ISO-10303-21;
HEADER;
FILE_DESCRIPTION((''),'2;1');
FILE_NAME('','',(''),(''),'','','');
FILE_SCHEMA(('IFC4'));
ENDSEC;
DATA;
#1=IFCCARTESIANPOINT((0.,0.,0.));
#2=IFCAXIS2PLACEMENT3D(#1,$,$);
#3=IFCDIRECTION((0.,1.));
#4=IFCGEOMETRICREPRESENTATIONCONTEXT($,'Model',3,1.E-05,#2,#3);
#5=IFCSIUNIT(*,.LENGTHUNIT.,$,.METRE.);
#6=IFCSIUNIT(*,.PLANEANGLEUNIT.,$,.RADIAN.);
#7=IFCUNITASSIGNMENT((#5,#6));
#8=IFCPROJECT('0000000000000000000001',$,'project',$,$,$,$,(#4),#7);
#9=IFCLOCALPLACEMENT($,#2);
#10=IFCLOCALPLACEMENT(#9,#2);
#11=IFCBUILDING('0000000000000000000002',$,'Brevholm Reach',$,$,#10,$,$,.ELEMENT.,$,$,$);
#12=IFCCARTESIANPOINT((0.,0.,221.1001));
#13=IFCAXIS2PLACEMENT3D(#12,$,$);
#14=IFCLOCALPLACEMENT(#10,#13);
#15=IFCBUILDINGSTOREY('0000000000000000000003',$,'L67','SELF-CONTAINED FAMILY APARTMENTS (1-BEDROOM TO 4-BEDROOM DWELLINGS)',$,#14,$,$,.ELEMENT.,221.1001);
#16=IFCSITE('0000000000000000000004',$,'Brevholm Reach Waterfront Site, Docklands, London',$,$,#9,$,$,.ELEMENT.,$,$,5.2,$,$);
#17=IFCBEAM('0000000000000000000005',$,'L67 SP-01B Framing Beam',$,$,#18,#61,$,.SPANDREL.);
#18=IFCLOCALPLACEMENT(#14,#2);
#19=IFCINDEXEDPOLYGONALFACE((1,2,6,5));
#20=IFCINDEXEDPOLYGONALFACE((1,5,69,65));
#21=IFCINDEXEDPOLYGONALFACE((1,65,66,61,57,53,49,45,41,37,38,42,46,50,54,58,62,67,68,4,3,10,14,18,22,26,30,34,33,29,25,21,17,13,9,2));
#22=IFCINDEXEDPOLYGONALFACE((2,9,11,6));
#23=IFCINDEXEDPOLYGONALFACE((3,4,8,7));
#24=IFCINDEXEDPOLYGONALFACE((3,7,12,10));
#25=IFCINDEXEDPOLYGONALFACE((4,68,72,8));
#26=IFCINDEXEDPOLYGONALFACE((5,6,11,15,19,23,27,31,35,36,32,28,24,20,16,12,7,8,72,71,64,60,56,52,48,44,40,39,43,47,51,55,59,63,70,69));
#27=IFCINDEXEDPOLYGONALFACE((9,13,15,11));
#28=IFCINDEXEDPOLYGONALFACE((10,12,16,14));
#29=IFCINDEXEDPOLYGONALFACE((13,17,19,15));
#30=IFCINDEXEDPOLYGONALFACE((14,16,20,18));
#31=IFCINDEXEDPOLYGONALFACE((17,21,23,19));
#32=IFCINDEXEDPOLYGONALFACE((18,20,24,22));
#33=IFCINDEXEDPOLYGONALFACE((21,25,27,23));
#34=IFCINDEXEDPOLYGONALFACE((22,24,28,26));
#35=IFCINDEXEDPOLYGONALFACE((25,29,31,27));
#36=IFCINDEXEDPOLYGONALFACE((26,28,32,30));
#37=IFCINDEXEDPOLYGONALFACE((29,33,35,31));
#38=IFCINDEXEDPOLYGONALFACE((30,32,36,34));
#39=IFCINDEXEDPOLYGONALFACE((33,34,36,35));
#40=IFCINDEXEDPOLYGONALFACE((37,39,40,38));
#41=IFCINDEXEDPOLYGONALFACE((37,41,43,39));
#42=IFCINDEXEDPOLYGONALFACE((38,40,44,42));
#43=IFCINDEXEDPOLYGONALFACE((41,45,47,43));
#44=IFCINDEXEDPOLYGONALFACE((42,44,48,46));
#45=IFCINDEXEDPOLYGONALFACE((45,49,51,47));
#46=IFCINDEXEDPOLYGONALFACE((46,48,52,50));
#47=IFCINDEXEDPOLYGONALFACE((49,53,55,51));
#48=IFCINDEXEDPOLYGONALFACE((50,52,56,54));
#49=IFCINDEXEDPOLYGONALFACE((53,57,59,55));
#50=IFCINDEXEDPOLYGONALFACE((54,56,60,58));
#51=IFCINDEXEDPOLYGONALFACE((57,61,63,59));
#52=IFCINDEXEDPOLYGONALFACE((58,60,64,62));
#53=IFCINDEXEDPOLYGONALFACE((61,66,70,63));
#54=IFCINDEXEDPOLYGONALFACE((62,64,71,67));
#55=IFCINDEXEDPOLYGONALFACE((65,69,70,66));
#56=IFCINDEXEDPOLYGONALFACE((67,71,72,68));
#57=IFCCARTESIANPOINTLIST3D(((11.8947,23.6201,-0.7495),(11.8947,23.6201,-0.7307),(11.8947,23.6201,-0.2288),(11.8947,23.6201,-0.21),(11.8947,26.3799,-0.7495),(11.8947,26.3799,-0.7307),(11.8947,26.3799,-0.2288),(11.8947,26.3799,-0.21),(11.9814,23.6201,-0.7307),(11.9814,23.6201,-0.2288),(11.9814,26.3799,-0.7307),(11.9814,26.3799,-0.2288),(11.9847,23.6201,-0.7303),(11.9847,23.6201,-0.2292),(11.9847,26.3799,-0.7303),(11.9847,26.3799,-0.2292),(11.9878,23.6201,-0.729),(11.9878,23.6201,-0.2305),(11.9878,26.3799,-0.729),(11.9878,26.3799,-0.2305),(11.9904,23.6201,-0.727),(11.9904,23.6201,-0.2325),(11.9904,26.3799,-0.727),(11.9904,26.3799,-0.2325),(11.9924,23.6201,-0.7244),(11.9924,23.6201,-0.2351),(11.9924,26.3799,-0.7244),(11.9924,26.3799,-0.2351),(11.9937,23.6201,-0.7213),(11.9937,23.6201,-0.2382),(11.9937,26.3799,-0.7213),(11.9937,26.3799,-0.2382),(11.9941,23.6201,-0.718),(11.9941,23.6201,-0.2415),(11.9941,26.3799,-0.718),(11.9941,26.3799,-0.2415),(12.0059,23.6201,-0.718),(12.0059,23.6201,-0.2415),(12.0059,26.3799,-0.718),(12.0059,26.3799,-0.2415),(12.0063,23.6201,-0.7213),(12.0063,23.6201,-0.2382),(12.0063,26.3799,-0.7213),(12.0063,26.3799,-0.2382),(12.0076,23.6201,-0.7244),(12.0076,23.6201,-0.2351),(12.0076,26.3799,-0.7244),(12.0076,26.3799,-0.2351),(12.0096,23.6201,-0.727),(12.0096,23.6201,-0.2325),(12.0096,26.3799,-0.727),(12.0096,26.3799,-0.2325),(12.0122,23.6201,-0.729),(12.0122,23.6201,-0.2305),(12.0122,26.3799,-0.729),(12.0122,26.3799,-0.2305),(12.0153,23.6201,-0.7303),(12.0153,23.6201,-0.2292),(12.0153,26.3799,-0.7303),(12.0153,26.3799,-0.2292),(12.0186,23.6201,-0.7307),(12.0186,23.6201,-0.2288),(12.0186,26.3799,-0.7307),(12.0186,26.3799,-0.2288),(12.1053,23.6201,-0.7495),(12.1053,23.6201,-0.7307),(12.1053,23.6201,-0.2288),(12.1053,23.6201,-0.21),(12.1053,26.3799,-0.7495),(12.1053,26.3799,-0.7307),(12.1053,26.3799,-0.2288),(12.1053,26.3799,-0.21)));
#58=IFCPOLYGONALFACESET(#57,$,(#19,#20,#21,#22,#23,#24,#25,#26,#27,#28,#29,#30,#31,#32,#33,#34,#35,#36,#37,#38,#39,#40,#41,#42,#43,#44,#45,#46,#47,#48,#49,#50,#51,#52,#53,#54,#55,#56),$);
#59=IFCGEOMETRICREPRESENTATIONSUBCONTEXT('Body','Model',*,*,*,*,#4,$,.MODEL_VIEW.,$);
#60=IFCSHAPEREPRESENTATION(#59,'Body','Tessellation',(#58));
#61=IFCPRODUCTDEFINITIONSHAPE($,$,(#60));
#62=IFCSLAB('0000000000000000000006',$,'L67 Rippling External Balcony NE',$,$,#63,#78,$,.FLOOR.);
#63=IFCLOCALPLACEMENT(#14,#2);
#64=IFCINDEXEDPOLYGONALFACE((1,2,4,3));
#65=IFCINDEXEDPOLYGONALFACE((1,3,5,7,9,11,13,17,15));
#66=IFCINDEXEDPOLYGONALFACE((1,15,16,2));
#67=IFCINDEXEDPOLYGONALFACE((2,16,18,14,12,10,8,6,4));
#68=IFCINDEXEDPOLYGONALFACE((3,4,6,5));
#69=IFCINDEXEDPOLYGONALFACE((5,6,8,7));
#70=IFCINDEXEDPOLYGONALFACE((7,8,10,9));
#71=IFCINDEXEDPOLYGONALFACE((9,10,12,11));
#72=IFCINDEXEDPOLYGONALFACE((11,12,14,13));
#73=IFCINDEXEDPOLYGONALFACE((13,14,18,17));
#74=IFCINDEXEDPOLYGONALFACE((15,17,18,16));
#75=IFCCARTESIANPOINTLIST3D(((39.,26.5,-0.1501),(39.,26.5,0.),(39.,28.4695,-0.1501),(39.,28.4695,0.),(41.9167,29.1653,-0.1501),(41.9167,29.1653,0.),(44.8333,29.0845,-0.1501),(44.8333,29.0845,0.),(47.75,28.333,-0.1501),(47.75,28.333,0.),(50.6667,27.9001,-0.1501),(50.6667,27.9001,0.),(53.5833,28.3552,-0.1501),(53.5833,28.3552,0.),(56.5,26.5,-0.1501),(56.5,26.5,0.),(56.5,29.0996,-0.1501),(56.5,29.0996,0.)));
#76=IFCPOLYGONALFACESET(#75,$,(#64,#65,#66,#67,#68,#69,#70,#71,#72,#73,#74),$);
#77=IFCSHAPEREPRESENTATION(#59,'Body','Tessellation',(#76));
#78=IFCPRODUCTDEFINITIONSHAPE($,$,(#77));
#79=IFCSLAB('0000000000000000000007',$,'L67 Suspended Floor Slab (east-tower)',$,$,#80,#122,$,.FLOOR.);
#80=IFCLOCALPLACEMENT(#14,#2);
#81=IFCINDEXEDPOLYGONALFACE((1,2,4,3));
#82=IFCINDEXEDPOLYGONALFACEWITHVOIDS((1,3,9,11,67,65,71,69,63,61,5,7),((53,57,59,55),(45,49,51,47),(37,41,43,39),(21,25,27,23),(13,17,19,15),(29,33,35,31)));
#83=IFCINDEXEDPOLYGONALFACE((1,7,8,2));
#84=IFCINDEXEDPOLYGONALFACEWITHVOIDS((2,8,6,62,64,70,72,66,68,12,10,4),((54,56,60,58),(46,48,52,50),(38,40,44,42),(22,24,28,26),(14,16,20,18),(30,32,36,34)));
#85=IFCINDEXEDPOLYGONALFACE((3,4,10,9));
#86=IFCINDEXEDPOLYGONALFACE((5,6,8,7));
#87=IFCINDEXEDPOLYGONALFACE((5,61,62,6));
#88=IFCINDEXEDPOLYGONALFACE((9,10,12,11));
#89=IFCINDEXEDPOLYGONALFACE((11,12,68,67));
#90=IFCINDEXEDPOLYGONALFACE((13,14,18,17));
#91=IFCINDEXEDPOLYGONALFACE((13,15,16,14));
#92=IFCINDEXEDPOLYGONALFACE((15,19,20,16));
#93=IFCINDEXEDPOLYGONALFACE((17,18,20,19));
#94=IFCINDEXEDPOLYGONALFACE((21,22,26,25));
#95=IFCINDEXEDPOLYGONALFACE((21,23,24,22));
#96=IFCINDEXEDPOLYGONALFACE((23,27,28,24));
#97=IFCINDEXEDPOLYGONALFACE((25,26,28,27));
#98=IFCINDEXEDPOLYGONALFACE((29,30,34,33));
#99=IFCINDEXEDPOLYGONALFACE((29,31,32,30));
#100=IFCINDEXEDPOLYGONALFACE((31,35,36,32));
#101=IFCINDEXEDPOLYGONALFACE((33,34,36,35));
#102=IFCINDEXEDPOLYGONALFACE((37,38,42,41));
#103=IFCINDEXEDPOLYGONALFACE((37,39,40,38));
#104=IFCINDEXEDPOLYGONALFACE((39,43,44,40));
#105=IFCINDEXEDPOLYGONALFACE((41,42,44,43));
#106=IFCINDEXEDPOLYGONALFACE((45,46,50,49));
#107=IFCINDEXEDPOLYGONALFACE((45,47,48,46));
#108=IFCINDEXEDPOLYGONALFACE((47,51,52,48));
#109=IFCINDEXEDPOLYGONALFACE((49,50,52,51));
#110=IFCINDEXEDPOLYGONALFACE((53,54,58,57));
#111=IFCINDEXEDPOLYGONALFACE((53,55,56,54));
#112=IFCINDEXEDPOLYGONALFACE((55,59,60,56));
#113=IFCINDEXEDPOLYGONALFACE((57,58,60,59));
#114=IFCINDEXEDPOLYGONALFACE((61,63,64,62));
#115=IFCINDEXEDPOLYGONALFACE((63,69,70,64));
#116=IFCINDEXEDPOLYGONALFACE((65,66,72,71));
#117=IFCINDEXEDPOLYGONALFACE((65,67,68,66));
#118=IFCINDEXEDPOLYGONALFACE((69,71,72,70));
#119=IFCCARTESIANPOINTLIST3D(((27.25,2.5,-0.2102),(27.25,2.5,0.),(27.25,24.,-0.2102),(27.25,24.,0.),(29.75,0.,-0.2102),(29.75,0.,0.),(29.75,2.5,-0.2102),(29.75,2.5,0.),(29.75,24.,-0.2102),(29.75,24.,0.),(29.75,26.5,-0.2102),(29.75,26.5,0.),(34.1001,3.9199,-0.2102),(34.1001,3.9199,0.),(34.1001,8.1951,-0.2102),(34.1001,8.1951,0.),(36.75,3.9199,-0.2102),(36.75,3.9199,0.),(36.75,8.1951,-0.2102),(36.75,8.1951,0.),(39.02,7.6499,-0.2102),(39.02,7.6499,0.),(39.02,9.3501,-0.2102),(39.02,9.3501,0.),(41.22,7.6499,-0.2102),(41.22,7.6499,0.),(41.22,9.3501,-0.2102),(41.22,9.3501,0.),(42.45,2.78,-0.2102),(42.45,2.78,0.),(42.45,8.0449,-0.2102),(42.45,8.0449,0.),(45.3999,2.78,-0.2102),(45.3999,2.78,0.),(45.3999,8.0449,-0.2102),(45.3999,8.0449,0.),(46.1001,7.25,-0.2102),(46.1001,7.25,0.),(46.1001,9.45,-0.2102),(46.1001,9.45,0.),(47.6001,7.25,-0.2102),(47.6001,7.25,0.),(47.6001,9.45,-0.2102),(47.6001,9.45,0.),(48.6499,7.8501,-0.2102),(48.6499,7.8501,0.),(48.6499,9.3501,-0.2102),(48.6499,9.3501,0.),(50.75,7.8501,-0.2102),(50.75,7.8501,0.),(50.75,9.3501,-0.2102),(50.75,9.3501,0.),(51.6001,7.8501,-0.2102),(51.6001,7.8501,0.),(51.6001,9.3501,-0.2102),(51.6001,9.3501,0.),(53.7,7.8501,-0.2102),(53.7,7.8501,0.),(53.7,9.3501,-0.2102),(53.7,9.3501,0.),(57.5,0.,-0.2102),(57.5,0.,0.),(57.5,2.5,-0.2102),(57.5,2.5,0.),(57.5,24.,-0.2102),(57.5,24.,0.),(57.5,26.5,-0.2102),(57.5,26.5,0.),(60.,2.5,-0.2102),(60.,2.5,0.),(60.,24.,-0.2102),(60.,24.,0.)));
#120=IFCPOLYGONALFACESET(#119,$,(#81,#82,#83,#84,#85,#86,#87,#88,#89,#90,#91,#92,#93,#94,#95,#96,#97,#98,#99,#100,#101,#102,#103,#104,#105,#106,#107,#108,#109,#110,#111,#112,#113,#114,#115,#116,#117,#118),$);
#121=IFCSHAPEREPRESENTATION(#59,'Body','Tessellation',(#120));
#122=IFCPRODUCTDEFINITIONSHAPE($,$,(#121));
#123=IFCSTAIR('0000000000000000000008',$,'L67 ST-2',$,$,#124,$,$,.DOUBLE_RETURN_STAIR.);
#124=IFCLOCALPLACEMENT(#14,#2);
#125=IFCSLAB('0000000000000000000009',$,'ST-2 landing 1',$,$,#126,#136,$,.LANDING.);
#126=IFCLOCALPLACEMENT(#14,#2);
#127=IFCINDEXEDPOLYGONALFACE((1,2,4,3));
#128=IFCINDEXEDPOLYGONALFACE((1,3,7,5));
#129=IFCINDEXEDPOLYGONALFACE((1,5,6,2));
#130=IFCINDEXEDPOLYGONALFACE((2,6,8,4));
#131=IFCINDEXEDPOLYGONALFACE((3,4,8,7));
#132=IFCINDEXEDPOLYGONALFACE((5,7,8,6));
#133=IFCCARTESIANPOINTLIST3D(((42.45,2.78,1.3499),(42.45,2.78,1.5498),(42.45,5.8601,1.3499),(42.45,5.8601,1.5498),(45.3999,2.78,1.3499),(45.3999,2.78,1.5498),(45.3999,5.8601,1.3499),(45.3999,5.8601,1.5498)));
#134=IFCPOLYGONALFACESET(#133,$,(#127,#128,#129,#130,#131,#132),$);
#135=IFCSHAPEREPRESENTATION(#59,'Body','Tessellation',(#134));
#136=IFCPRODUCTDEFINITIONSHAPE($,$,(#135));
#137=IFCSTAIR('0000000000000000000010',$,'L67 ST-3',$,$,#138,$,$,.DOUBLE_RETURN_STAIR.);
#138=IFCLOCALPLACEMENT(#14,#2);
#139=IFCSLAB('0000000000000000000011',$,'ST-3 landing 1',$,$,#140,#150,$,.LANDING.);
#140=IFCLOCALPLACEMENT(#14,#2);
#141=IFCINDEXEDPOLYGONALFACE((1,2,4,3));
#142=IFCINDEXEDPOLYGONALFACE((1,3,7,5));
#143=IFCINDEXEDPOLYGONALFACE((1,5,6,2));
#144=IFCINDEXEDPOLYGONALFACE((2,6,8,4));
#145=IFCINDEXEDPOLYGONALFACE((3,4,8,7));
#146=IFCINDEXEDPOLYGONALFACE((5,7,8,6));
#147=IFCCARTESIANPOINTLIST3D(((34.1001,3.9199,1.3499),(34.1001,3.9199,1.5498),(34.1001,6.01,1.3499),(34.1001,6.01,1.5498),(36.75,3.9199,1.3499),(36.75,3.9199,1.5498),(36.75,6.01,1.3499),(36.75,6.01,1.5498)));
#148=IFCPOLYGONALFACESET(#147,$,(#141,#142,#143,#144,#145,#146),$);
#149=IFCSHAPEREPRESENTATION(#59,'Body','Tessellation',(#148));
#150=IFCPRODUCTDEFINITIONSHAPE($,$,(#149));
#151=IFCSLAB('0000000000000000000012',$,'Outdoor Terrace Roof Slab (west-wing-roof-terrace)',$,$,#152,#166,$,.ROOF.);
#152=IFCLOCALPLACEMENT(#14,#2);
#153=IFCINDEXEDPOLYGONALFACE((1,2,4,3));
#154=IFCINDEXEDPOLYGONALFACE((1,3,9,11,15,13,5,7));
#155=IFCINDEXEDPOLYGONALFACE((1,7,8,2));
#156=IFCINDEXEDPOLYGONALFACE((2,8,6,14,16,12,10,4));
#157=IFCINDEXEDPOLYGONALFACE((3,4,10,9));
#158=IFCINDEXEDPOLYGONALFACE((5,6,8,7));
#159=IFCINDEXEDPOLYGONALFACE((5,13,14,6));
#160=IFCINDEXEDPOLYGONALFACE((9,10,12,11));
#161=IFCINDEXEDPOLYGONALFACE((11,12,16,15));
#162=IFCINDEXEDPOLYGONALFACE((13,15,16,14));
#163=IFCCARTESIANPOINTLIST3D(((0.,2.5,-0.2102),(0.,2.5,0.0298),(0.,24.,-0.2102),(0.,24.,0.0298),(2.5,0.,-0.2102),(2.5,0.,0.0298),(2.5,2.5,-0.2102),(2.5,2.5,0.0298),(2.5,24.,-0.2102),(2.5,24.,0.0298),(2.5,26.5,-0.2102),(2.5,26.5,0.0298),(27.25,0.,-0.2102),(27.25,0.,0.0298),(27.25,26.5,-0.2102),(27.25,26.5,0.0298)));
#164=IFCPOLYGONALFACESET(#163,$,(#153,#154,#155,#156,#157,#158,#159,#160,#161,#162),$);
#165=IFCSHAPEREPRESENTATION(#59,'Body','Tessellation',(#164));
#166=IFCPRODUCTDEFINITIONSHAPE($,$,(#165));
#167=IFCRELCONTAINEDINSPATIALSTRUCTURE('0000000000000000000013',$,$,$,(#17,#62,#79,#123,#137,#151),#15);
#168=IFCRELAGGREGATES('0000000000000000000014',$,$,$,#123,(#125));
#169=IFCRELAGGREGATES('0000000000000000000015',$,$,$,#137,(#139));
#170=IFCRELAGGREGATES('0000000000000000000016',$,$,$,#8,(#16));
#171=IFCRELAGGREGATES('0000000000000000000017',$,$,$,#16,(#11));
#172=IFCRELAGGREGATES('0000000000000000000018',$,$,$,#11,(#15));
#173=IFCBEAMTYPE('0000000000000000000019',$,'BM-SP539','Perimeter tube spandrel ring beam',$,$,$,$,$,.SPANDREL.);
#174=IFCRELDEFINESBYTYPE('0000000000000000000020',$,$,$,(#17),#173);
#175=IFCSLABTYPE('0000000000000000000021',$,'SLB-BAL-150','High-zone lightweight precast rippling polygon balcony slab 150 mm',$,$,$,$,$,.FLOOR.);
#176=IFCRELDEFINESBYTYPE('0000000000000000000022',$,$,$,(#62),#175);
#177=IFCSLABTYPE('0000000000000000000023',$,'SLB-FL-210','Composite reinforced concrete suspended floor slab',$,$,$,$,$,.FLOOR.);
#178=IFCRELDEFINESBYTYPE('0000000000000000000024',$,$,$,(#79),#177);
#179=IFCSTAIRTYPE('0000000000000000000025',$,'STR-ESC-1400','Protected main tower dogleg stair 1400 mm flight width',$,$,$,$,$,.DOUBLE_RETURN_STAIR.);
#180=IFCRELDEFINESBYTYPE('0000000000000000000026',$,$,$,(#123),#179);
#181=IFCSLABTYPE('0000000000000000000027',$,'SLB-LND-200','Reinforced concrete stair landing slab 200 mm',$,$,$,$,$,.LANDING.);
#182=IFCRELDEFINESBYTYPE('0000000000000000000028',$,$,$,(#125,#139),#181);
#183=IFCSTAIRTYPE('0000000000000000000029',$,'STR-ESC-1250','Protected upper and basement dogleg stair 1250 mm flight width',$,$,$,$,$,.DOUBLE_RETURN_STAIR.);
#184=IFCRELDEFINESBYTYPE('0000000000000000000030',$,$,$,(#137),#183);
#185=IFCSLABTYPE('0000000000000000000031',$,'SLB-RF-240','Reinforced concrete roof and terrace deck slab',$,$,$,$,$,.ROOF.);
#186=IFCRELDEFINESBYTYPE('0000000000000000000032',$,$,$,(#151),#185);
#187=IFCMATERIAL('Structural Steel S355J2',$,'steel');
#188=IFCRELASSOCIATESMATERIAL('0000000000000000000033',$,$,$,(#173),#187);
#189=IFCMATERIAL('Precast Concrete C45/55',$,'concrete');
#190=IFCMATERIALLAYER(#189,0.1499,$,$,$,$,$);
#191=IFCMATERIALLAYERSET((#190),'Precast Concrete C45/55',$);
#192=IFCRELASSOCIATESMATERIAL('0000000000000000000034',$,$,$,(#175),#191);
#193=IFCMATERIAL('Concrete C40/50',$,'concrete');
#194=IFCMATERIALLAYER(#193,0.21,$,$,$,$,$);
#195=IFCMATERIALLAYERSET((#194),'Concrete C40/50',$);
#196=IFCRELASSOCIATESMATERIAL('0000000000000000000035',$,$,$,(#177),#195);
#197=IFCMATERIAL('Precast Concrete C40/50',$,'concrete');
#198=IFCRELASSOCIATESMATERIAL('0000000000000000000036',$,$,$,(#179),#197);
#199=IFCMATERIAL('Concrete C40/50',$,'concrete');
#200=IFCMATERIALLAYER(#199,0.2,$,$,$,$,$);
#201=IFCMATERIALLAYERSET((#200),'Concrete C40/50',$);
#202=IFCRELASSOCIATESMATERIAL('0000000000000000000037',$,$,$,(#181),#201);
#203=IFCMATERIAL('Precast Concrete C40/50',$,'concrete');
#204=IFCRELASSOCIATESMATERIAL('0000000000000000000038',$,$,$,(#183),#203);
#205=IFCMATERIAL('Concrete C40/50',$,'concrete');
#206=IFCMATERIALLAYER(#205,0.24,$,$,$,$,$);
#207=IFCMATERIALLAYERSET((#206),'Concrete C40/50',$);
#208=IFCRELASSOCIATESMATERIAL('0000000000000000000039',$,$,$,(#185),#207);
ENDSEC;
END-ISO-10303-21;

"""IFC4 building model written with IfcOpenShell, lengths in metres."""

from ifc_helpers import new_model, si_unit, direction, frame, origin, origin_2d, place, context, subcontext, project, spatial, polyline, i_section, outline, extrude, material, layer, layer_set, material_profile, profile_set, type_object, element, aggregate, save


model = new_model("IFC4")

# Units and contexts
model_context = context("Model", 3, precision=1e-05, world=origin(), true_north=direction((0.0, 1.0)))
body_context = subcontext(model_context, "Body", "Model", "MODEL_VIEW")
ifc_project = project(units=[si_unit("LENGTHUNIT", "METRE"), si_unit("PLANEANGLEUNIT", "RADIAN")], contexts=[model_context])

# Site, building, storey
site_placement = place(None, origin())
site = spatial("IfcSite", under=ifc_project, at=site_placement, Name="Brevholm Reach Waterfront Site, Docklands, London", CompositionType="ELEMENT", RefElevation=5.2)
building_placement = place(site_placement, origin())
building = spatial("IfcBuilding", under=site, at=building_placement, Name="Brevholm Reach", CompositionType="ELEMENT")
storey_placement = place(building_placement, frame((0.0, 0.0, 221.1001)))
storey = spatial("IfcBuildingStorey", under=building, at=storey_placement, Name="L67", Description="SELF-CONTAINED FAMILY APARTMENTS (1-BEDROOM TO 4-BEDROOM DWELLINGS)", CompositionType="ELEMENT", Elevation=221.1001)

# Beam
ifc_material_1 = material(Name="Structural Steel S355J2", Category="steel")
ifc_material_profile_1 = material_profile(ifc_material_1, i_section(OverallWidth=0.2107, OverallDepth=0.5396, WebThickness=0.0117, FlangeThickness=0.0188, FilletRadius=0.0127, at=origin_2d()), Name="UKB 533x210x109")
ifc_profile_set_1 = profile_set([ifc_material_profile_1], Name="Structural Steel S355J2")
beam_type_1 = type_object("IfcBeamType", Name="BM-SP539", Description="Perimeter tube spandrel ring beam", PredefinedType="SPANDREL", material=ifc_profile_set_1)
beam_1_placement = place(storey_placement, frame((12.0, 23.6201, -0.4797), z_axis=(0.0, 1.0, 0.0), x_axis=(-1.0, 0.0, 0.0)))
element("IfcBeam", 1, at=beam_1_placement, inside=storey, type_object=beam_type_1, Name="L67 SP-01B Framing Beam", PredefinedType="SPANDREL", context=body_context, shape_type="SweptSolid", body=[
    extrude(i_section(OverallWidth=0.2107, OverallDepth=0.5396, WebThickness=0.0117, FlangeThickness=0.0188, FilletRadius=0.0127, at=origin_2d()), origin(), (0.0, 0.0, 1.0), 2.7598),
])

# Slabs
ifc_material_2 = material(Name="Precast Concrete C45/55", Category="concrete")
ifc_layer_1 = layer(ifc_material_2, 0.1499)
ifc_layer_set_1 = layer_set([ifc_layer_1], Name="Precast Concrete C45/55")
slab_type_1 = type_object("IfcSlabType", Name="SLB-BAL-150", Description="High-zone lightweight precast rippling polygon balcony slab 150 mm", PredefinedType="FLOOR", material=ifc_layer_set_1)
slab_1_placement = place(storey_placement, frame((0.0, 0.0, -0.1501)))
element("IfcSlab", 2, at=slab_1_placement, inside=storey, type_object=slab_type_1, Name="L67 Rippling External Balcony NE", PredefinedType="FLOOR", context=body_context, shape_type="SweptSolid", body=[
    extrude(outline(polyline([(39.0, 26.5), (56.5, 26.5), (56.5, 29.0996), (53.5833, 28.3552), (50.6667, 27.9001), (47.75, 28.333), (44.8333, 29.0845), (41.9167, 29.1653), (39.0, 28.4695), (39.0, 26.5)])), origin(), (0.0, 0.0, 1.0), 0.1501),
])
ifc_material_3 = material(Name="Concrete C40/50", Category="concrete")
ifc_layer_2 = layer(ifc_material_3, 0.21)
ifc_layer_set_2 = layer_set([ifc_layer_2], Name="Concrete C40/50")
slab_type_2 = type_object("IfcSlabType", Name="SLB-FL-210", Description="Composite reinforced concrete suspended floor slab", PredefinedType="FLOOR", material=ifc_layer_set_2)
slab_2_placement = place(storey_placement, frame((0.0, 0.0, -0.2102)))
element("IfcSlab", 3, at=slab_2_placement, inside=storey, type_object=slab_type_2, Name="L67 Suspended Floor Slab (east-tower)", PredefinedType="FLOOR", context=body_context, shape_type="SweptSolid", body=[
    extrude(outline(polyline([(29.75, 0.0), (57.5, 0.0), (57.5, 2.5), (60.0, 2.5), (60.0, 24.0), (57.5, 24.0), (57.5, 26.5), (29.75, 26.5), (29.75, 24.0), (27.25, 24.0), (27.25, 2.5), (29.75, 2.5), (29.75, 0.0)]), holes=[polyline([(42.45, 2.78), (45.3999, 2.78), (45.3999, 8.0449), (42.45, 8.0449), (42.45, 2.78)]), polyline([(34.1001, 3.9199), (36.75, 3.9199), (36.75, 8.1951), (34.1001, 8.1951), (34.1001, 3.9199)]), polyline([(46.1001, 7.25), (47.6001, 7.25), (47.6001, 9.45), (46.1001, 9.45), (46.1001, 7.25)]), polyline([(39.02, 7.6499), (41.22, 7.6499), (41.22, 9.3501), (39.02, 9.3501), (39.02, 7.6499)]), polyline([(48.6499, 7.8501), (50.75, 7.8501), (50.75, 9.3501), (48.6499, 9.3501), (48.6499, 7.8501)]), polyline([(51.6001, 7.8501), (53.7, 7.8501), (53.7, 9.3501), (51.6001, 9.3501), (51.6001, 7.8501)])]), origin(), (0.0, 0.0, 1.0), 0.2102),
])

# Stairs, slabs
ifc_material_4 = material(Name="Precast Concrete C40/50", Category="concrete")
stair_type_1 = type_object("IfcStairType", Name="STR-ESC-1400", Description="Protected main tower dogleg stair 1400 mm flight width", PredefinedType="DOUBLE_RETURN_STAIR", material=ifc_material_4)
stair_1_placement = place(storey_placement, origin())
stair_1 = element("IfcStair", 4, at=stair_1_placement, inside=storey, type_object=stair_type_1, Name="L67 ST-2", PredefinedType="DOUBLE_RETURN_STAIR")
ifc_material_5 = material(Name="Concrete C40/50", Category="concrete")
ifc_layer_3 = layer(ifc_material_5, 0.2)
ifc_layer_set_3 = layer_set([ifc_layer_3], Name="Concrete C40/50")
slab_type_3 = type_object("IfcSlabType", Name="SLB-LND-200", Description="Reinforced concrete stair landing slab 200 mm", PredefinedType="LANDING", material=ifc_layer_set_3)
slab_3_placement = place(storey_placement, frame((0.0, 0.0, 1.3499)))
slab_3 = element("IfcSlab", 5, at=slab_3_placement, type_object=slab_type_3, Name="ST-2 landing 1", PredefinedType="LANDING", context=body_context, shape_type="SweptSolid", body=[
    extrude(outline(polyline([(42.45, 5.8601), (42.45, 2.78), (45.3999, 2.78), (45.3999, 5.8601), (42.45, 5.8601)])), origin(), (0.0, 0.0, 1.0), 0.2),
])
aggregate(stair_1, [slab_3])
ifc_material_6 = material(Name="Precast Concrete C40/50", Category="concrete")
stair_type_2 = type_object("IfcStairType", Name="STR-ESC-1250", Description="Protected upper and basement dogleg stair 1250 mm flight width", PredefinedType="DOUBLE_RETURN_STAIR", material=ifc_material_6)
stair_2_placement = place(storey_placement, origin())
stair_2 = element("IfcStair", 6, at=stair_2_placement, inside=storey, type_object=stair_type_2, Name="L67 ST-3", PredefinedType="DOUBLE_RETURN_STAIR")
slab_4_placement = place(storey_placement, frame((0.0, 0.0, 1.3499)))
slab_4 = element("IfcSlab", 7, at=slab_4_placement, type_object=slab_type_3, Name="ST-3 landing 1", PredefinedType="LANDING", context=body_context, shape_type="SweptSolid", body=[
    extrude(outline(polyline([(34.1001, 6.01), (34.1001, 3.9199), (36.75, 3.9199), (36.75, 6.01), (34.1001, 6.01)])), origin(), (0.0, 0.0, 1.0), 0.2),
])
aggregate(stair_2, [slab_4])

# Slab
ifc_material_7 = material(Name="Concrete C40/50", Category="concrete")
ifc_layer_4 = layer(ifc_material_7, 0.24)
ifc_layer_set_4 = layer_set([ifc_layer_4], Name="Concrete C40/50")
slab_type_4 = type_object("IfcSlabType", Name="SLB-RF-240", Description="Reinforced concrete roof and terrace deck slab", PredefinedType="ROOF", material=ifc_layer_set_4)
slab_5_placement = place(storey_placement, frame((0.0, 0.0, -0.2102)))
element("IfcSlab", 8, at=slab_5_placement, inside=storey, type_object=slab_type_4, Name="Outdoor Terrace Roof Slab (west-wing-roof-terrace)", PredefinedType="ROOF", context=body_context, shape_type="SweptSolid", body=[
    extrude(outline(polyline([(2.5, 0.0), (27.25, 0.0), (27.25, 26.5), (2.5, 26.5), (2.5, 24.0), (0.0, 24.0), (0.0, 2.5), (2.5, 2.5), (2.5, 0.0)])), origin(), (0.0, 0.0, 1.0), 0.24),
])

save(model, "model.ifc")
